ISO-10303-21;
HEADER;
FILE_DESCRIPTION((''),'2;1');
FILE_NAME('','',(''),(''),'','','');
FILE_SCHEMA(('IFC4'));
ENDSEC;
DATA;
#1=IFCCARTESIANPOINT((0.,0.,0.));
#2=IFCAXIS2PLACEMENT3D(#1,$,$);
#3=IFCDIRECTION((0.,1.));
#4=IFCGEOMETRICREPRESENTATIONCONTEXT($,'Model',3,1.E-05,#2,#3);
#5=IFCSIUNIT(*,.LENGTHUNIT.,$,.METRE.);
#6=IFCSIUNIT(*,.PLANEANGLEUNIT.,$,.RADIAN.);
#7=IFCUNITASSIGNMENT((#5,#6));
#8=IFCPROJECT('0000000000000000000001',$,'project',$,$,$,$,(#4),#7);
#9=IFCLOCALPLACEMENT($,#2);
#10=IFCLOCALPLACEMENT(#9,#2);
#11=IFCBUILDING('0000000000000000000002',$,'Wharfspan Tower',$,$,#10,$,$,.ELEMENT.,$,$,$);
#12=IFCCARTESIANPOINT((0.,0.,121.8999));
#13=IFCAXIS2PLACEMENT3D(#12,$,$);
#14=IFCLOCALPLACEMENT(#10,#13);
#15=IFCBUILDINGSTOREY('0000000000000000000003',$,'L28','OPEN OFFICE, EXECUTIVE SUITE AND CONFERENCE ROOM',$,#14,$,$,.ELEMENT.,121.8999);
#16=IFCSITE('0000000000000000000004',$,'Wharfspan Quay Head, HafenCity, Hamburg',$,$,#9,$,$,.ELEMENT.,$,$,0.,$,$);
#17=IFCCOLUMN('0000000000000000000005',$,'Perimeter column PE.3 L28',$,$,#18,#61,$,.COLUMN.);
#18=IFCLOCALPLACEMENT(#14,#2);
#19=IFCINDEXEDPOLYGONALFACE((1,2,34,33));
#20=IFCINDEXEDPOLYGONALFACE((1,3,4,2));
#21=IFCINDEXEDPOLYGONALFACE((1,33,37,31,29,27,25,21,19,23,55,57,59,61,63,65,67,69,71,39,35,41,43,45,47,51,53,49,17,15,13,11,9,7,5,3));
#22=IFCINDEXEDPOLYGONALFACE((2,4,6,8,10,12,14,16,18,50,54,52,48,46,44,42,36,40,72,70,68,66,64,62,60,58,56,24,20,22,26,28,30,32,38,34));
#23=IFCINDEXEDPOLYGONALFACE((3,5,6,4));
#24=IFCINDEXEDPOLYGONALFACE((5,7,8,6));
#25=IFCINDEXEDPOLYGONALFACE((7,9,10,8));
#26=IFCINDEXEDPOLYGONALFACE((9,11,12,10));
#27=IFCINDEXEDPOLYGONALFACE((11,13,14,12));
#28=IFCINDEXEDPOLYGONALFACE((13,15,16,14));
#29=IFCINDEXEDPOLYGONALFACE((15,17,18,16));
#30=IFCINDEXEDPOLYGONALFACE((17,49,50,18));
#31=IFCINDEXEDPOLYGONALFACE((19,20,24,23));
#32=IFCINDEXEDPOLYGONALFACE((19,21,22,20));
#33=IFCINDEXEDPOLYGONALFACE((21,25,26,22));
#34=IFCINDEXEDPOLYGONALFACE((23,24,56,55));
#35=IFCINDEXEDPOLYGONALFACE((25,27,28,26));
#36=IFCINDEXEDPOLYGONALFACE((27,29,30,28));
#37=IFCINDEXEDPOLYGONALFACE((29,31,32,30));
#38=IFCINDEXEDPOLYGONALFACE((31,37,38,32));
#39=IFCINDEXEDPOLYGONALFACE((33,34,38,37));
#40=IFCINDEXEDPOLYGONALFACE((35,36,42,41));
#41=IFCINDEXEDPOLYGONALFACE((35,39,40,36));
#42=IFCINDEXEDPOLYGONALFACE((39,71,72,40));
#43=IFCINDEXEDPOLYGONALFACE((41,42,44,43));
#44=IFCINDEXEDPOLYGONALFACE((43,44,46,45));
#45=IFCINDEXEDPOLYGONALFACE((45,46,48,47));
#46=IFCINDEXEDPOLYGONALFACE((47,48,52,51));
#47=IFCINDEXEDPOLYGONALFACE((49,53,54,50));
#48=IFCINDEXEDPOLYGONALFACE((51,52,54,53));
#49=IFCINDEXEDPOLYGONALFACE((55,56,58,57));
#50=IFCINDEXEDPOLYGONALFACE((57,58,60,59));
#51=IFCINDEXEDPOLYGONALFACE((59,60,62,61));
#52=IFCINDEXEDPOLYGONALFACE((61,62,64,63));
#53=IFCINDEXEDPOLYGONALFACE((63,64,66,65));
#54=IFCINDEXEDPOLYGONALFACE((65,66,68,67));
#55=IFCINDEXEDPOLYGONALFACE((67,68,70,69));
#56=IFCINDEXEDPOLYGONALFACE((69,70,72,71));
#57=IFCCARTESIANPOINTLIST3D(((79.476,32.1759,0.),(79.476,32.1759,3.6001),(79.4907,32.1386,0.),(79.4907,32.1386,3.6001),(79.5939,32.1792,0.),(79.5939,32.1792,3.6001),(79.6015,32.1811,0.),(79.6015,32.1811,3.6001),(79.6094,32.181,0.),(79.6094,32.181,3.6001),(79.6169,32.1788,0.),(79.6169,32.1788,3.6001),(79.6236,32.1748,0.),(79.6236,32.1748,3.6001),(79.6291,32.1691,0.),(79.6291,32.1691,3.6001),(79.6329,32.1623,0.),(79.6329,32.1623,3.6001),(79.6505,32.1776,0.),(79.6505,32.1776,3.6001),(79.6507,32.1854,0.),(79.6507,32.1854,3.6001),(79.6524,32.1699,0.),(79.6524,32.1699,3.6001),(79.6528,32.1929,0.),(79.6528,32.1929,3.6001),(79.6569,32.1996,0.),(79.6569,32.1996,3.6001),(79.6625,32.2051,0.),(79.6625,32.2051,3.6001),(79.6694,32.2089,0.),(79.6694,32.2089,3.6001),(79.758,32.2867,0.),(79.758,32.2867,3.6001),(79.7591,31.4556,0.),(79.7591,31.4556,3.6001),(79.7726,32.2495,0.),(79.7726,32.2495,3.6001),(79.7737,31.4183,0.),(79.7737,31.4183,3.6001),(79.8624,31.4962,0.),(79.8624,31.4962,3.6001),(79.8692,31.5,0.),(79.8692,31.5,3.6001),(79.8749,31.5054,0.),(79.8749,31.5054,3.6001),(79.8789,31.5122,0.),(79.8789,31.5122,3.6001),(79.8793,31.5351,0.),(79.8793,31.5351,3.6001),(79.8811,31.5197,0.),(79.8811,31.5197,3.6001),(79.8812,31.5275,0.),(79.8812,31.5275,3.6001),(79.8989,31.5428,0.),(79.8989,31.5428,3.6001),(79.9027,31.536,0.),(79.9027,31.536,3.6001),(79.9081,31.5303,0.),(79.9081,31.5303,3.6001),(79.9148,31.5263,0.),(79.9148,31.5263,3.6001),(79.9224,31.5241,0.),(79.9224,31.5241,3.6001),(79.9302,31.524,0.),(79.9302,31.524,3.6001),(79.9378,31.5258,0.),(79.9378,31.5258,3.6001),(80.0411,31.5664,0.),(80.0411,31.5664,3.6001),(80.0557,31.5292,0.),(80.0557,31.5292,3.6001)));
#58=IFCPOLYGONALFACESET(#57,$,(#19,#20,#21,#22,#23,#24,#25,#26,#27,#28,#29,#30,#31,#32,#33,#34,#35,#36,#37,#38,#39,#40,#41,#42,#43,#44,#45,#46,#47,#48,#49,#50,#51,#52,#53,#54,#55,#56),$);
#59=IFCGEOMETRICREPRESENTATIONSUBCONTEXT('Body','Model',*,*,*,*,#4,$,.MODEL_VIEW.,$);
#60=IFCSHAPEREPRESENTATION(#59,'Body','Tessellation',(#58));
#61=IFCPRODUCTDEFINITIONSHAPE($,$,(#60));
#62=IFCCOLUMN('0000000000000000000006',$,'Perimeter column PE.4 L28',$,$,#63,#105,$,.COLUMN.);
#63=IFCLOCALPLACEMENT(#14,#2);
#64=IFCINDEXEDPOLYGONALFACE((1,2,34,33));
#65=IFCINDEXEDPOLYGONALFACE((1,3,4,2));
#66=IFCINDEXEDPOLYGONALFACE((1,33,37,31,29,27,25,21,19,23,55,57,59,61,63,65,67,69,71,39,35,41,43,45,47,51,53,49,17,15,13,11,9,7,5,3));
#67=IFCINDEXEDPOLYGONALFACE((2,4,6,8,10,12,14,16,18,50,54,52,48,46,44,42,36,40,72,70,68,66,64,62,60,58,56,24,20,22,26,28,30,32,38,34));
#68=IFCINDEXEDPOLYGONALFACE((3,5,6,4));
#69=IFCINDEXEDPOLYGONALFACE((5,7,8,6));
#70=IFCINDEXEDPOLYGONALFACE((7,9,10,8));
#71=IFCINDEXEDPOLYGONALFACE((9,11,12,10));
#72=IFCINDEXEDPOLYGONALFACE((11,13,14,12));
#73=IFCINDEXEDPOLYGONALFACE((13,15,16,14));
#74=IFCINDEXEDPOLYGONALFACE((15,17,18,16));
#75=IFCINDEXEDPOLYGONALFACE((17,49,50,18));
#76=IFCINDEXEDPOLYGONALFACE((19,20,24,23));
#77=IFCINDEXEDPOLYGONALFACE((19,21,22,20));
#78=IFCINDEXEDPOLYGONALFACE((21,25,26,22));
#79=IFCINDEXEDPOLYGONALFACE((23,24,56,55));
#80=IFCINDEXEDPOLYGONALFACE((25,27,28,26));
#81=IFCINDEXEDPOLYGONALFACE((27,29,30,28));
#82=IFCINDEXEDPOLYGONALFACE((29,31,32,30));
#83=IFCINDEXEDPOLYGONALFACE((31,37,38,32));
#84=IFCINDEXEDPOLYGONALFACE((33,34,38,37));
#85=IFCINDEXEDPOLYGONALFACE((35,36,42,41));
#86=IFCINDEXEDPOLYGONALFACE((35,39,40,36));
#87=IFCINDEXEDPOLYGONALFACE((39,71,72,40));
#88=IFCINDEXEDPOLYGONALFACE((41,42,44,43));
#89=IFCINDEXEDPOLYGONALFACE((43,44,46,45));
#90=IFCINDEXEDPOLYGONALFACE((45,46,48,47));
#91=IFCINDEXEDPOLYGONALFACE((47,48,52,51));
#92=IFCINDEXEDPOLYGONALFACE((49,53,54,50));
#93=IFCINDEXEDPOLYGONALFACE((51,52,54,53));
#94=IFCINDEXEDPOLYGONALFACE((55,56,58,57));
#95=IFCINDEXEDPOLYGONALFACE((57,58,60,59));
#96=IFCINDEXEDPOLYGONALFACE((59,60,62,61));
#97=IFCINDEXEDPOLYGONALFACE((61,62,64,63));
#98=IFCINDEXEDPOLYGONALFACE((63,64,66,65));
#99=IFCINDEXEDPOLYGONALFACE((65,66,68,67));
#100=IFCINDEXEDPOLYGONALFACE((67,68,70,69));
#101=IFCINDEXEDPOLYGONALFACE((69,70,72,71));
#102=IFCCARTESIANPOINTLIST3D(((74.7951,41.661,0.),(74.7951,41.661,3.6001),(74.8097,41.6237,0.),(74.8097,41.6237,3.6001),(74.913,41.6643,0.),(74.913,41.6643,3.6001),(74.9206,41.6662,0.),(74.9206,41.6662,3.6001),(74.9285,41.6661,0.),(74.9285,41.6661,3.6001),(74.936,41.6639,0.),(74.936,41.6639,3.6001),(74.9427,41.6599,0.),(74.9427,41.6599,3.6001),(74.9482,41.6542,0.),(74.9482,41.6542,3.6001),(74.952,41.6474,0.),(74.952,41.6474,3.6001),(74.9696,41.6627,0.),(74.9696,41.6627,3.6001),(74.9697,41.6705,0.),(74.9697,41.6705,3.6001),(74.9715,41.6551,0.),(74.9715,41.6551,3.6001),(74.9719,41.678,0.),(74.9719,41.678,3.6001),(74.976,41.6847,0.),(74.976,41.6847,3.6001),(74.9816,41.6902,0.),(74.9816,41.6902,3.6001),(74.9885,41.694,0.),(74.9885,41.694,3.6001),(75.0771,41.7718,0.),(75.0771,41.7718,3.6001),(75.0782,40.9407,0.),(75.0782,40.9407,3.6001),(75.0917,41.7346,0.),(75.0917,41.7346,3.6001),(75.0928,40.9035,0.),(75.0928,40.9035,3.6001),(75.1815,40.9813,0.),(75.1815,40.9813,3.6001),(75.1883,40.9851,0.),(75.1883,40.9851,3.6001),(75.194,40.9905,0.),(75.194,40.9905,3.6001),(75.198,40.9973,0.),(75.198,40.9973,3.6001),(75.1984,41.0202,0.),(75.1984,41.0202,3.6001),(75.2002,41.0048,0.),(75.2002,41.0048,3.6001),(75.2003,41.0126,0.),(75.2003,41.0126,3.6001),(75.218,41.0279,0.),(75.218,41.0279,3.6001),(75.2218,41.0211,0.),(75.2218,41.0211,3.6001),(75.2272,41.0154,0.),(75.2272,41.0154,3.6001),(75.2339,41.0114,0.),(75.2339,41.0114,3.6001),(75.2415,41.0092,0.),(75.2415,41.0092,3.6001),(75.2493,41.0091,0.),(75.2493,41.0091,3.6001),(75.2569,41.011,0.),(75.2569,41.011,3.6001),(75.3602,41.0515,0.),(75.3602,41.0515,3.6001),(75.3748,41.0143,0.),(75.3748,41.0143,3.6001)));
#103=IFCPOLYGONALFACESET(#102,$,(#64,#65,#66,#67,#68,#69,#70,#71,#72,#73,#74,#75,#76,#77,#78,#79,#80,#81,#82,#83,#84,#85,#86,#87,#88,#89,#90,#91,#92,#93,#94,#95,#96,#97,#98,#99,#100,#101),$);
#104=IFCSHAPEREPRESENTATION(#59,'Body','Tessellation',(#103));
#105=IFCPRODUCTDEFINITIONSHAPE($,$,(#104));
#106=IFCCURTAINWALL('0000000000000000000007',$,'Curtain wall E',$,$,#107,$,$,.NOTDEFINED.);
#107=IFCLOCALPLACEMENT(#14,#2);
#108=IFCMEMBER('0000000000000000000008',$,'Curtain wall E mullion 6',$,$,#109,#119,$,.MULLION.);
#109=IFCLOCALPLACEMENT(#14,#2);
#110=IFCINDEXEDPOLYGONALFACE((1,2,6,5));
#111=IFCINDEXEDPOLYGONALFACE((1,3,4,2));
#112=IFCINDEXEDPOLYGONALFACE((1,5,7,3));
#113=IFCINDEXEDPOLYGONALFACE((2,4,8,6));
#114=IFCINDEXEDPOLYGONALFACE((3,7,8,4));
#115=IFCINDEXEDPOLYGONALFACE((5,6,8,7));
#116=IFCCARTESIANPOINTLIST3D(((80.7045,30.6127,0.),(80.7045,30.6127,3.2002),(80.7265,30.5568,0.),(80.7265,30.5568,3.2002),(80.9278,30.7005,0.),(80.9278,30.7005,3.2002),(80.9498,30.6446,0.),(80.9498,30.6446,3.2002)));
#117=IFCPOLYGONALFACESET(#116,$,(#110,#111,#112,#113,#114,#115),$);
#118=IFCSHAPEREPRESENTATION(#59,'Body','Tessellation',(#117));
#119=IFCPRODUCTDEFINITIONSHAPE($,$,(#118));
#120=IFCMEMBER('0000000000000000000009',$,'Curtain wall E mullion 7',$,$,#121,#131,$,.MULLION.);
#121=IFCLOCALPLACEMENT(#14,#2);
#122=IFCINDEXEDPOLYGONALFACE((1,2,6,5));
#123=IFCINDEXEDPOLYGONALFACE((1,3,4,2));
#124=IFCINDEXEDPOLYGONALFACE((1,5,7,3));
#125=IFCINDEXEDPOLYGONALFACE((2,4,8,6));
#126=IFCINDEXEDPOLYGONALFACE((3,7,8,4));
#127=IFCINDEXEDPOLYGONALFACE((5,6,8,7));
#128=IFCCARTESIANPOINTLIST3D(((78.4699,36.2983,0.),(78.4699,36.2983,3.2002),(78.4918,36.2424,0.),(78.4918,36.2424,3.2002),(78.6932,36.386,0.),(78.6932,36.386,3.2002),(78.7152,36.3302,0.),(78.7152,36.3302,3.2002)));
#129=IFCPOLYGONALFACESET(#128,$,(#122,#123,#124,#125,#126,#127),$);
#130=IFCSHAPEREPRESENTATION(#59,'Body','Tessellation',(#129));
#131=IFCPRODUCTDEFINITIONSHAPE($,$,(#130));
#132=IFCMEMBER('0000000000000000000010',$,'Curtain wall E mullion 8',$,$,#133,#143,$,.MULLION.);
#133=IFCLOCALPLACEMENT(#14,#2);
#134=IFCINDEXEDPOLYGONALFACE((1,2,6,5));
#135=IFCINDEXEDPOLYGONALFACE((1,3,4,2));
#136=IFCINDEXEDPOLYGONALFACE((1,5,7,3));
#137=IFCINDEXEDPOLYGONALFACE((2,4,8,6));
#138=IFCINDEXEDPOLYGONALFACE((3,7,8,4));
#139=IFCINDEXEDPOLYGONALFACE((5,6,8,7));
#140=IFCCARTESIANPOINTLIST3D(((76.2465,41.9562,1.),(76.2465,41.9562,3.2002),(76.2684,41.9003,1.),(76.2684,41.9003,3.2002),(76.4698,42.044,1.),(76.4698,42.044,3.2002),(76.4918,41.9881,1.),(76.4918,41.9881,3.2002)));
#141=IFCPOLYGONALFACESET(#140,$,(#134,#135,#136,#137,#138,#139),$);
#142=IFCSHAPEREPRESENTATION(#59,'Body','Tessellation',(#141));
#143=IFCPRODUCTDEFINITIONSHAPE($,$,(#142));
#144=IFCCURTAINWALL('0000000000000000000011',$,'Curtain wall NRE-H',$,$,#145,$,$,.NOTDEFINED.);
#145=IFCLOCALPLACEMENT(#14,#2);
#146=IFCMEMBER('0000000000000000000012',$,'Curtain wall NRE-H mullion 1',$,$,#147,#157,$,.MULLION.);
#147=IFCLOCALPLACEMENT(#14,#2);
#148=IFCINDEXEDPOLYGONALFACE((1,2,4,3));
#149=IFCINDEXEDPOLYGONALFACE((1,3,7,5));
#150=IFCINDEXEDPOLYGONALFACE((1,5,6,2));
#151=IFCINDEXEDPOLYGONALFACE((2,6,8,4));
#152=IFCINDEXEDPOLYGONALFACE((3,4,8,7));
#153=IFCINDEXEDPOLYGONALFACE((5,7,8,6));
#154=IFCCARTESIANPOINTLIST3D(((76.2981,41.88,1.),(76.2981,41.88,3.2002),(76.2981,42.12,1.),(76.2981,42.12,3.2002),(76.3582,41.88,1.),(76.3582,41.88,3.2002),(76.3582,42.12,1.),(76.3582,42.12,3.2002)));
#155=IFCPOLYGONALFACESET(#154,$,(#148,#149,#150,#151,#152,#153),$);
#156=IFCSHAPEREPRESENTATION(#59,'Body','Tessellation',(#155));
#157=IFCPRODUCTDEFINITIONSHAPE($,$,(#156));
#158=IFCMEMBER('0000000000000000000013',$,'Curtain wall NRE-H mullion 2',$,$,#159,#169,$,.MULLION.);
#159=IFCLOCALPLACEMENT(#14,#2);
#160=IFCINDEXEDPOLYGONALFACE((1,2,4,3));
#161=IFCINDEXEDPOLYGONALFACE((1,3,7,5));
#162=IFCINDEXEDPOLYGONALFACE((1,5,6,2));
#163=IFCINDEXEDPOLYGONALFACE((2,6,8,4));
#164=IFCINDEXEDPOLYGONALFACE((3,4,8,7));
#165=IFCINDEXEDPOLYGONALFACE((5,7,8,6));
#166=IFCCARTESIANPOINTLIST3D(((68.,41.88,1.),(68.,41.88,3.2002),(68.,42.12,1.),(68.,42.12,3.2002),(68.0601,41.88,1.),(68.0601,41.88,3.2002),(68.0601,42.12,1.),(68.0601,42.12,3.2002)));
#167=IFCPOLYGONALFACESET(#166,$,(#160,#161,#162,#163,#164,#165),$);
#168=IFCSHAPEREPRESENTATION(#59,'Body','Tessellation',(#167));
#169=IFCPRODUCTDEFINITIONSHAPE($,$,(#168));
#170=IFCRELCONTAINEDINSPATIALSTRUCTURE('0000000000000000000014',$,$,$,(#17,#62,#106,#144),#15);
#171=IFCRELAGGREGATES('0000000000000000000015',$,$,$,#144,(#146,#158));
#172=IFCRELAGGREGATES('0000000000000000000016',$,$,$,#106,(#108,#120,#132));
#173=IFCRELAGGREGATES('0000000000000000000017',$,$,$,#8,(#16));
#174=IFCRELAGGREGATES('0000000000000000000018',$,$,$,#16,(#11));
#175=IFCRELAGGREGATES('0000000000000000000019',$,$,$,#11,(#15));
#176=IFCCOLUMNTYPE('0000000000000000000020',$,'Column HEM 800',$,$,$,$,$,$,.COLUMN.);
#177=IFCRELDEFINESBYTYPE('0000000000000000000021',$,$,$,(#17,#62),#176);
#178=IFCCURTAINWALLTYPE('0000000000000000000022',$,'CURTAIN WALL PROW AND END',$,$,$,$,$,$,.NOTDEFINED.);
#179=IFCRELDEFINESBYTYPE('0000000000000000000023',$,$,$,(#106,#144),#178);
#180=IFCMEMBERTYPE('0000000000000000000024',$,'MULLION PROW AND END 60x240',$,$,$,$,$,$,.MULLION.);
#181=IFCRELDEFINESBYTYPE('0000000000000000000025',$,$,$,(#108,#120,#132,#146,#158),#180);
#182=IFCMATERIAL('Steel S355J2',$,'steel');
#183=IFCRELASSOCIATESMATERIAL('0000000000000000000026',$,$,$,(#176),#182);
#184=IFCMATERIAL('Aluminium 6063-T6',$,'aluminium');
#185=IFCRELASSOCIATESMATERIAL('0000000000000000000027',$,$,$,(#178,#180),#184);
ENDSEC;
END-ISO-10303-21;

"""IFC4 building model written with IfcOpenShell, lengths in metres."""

from ifc_helpers import new_model, si_unit, direction, frame, origin, origin_2d, place, context, subcontext, project, spatial, rectangle, i_section, extrude, material, material_profile, profile_set, type_object, element, aggregate, save


model = new_model("IFC4")

# Units and contexts
model_context = context("Model", 3, precision=1e-05, world=origin(), true_north=direction((0.0, 1.0)))
body_context = subcontext(model_context, "Body", "Model", "MODEL_VIEW")
ifc_project = project(units=[si_unit("LENGTHUNIT", "METRE"), si_unit("PLANEANGLEUNIT", "RADIAN")], contexts=[model_context])

# Site, building, storey
site_placement = place(None, origin())
site = spatial("IfcSite", under=ifc_project, at=site_placement, Name="Wharfspan Quay Head, HafenCity, Hamburg", CompositionType="ELEMENT", RefElevation=0.0)
building_placement = place(site_placement, origin())
building = spatial("IfcBuilding", under=site, at=building_placement, Name="Wharfspan Tower", CompositionType="ELEMENT")
storey_placement = place(building_placement, frame((0.0, 0.0, 121.8999)))
storey = spatial("IfcBuildingStorey", under=building, at=storey_placement, Name="L28", Description="OPEN OFFICE, EXECUTIVE SUITE AND CONFERENCE ROOM", CompositionType="ELEMENT", Elevation=121.8999)

# Columns
ifc_material_1 = material(Name="Steel S355J2", Category="steel")
ifc_material_profile_1 = material_profile(ifc_material_1, i_section(OverallWidth=0.303, OverallDepth=0.814, WebThickness=0.021, FlangeThickness=0.04, FilletRadius=0.03, at=origin_2d()))
ifc_profile_set_1 = profile_set([ifc_material_profile_1], Name="Steel S355J2")
column_type = type_object("IfcColumnType", Name="Column HEM 800", PredefinedType="COLUMN", material=ifc_profile_set_1)
for number, where, z_axis, x_axis, name in (
    (1, (79.7659, 31.8525, 0.0), (0.0, 0.0, 1.0), (0.930702, 0.365778, 0.0), "Perimeter column PE.3 L28"),
    (2, (75.085, 41.3376, 0.0), (0.0, 0.0, 1.0), (0.930702, 0.365778, 0.0), "Perimeter column PE.4 L28"),
):
    element("IfcColumn", number, at=place(storey_placement, frame(where, z_axis=z_axis, x_axis=x_axis)), inside=storey, type_object=column_type, Name=name, PredefinedType="COLUMN", context=body_context, shape_type="SweptSolid", body=[
        extrude(i_section(OverallWidth=0.303, OverallDepth=0.814, WebThickness=0.021, FlangeThickness=0.04, FilletRadius=0.03, at=origin_2d()), origin(), (0.0, 0.0, 1.0), 3.6001),
    ])

# Curtain walls, members
ifc_material_2 = material(Name="Aluminium 6063-T6", Category="aluminium")
curtain_wall_type = type_object("IfcCurtainWallType", Name="CURTAIN WALL PROW AND END", PredefinedType="NOTDEFINED", material=ifc_material_2)
curtain_wall_1_placement = place(storey_placement, origin())
curtain_wall_1 = element("IfcCurtainWall", 3, at=curtain_wall_1_placement, inside=storey, type_object=curtain_wall_type, Name="Curtain wall E", PredefinedType="NOTDEFINED")
ifc_material_profile_2 = material_profile(ifc_material_2, rectangle(XDim=0.24, YDim=0.0601, at=origin_2d()))
ifc_profile_set_2 = profile_set([ifc_material_profile_2], Name="Aluminium 6063-T6")
member_type_1 = type_object("IfcMemberType", Name="MULLION PROW AND END 60x240", PredefinedType="MULLION", material=ifc_profile_set_2)
member_1_placement = place(storey_placement, frame((80.8271, 30.6287, 0.0), z_axis=(0.0, 0.0, 1.0), x_axis=(-0.930702, -0.365778, 0.0)))
member_1 = element("IfcMember", 4, at=member_1_placement, type_object=member_type_1, Name="Curtain wall E mullion 6", PredefinedType="MULLION", context=body_context, shape_type="SweptSolid", body=[
    extrude(rectangle(XDim=0.24, YDim=0.0601, at=origin_2d()), origin(), (0.0, 0.0, 1.0), 3.2002),
])
member_2_placement = place(storey_placement, frame((78.5925, 36.3142, 0.0), z_axis=(0.0, 0.0, 1.0), x_axis=(-0.930702, -0.365778, 0.0)))
member_2 = element("IfcMember", 5, at=member_2_placement, type_object=member_type_1, Name="Curtain wall E mullion 7", PredefinedType="MULLION", context=body_context, shape_type="SweptSolid", body=[
    extrude(rectangle(XDim=0.24, YDim=0.0601, at=origin_2d()), origin(), (0.0, 0.0, 1.0), 3.2002),
])
member_3_placement = place(storey_placement, frame((76.3691, 41.9722, 1.0), z_axis=(0.0, 0.0, 1.0), x_axis=(-0.930702, -0.365778, 0.0)))
member_3 = element("IfcMember", 6, at=member_3_placement, type_object=member_type_1, Name="Curtain wall E mullion 8", PredefinedType="MULLION", context=body_context, shape_type="SweptSolid", body=[
    extrude(rectangle(XDim=0.24, YDim=0.0601, at=origin_2d()), origin(), (0.0, 0.0, 1.0), 2.2002),
])
curtain_wall_2_placement = place(storey_placement, origin())
curtain_wall_2 = element("IfcCurtainWall", 7, at=curtain_wall_2_placement, inside=storey, type_object=curtain_wall_type, Name="Curtain wall NRE-H", PredefinedType="NOTDEFINED")
member_4_placement = place(storey_placement, frame((76.3281, 42.0, 1.0), z_axis=(0.0, 0.0, 1.0), x_axis=(0.0, -1.0, 0.0)))
member_4 = element("IfcMember", 8, at=member_4_placement, type_object=member_type_1, Name="Curtain wall NRE-H mullion 1", PredefinedType="MULLION", context=body_context, shape_type="SweptSolid", body=[
    extrude(rectangle(XDim=0.24, YDim=0.0601, at=origin_2d()), origin(), (0.0, 0.0, 1.0), 2.2002),
])
member_5_placement = place(storey_placement, frame((68.03, 42.0, 1.0), z_axis=(0.0, 0.0, 1.0), x_axis=(0.0, -1.0, 0.0)))
member_5 = element("IfcMember", 9, at=member_5_placement, type_object=member_type_1, Name="Curtain wall NRE-H mullion 2", PredefinedType="MULLION", context=body_context, shape_type="SweptSolid", body=[
    extrude(rectangle(XDim=0.24, YDim=0.0601, at=origin_2d()), origin(), (0.0, 0.0, 1.0), 2.2002),
])

aggregate(curtain_wall_2, [member_4, member_5])
aggregate(curtain_wall_1, [member_1, member_2, member_3])

save(model, "model.ifc")
